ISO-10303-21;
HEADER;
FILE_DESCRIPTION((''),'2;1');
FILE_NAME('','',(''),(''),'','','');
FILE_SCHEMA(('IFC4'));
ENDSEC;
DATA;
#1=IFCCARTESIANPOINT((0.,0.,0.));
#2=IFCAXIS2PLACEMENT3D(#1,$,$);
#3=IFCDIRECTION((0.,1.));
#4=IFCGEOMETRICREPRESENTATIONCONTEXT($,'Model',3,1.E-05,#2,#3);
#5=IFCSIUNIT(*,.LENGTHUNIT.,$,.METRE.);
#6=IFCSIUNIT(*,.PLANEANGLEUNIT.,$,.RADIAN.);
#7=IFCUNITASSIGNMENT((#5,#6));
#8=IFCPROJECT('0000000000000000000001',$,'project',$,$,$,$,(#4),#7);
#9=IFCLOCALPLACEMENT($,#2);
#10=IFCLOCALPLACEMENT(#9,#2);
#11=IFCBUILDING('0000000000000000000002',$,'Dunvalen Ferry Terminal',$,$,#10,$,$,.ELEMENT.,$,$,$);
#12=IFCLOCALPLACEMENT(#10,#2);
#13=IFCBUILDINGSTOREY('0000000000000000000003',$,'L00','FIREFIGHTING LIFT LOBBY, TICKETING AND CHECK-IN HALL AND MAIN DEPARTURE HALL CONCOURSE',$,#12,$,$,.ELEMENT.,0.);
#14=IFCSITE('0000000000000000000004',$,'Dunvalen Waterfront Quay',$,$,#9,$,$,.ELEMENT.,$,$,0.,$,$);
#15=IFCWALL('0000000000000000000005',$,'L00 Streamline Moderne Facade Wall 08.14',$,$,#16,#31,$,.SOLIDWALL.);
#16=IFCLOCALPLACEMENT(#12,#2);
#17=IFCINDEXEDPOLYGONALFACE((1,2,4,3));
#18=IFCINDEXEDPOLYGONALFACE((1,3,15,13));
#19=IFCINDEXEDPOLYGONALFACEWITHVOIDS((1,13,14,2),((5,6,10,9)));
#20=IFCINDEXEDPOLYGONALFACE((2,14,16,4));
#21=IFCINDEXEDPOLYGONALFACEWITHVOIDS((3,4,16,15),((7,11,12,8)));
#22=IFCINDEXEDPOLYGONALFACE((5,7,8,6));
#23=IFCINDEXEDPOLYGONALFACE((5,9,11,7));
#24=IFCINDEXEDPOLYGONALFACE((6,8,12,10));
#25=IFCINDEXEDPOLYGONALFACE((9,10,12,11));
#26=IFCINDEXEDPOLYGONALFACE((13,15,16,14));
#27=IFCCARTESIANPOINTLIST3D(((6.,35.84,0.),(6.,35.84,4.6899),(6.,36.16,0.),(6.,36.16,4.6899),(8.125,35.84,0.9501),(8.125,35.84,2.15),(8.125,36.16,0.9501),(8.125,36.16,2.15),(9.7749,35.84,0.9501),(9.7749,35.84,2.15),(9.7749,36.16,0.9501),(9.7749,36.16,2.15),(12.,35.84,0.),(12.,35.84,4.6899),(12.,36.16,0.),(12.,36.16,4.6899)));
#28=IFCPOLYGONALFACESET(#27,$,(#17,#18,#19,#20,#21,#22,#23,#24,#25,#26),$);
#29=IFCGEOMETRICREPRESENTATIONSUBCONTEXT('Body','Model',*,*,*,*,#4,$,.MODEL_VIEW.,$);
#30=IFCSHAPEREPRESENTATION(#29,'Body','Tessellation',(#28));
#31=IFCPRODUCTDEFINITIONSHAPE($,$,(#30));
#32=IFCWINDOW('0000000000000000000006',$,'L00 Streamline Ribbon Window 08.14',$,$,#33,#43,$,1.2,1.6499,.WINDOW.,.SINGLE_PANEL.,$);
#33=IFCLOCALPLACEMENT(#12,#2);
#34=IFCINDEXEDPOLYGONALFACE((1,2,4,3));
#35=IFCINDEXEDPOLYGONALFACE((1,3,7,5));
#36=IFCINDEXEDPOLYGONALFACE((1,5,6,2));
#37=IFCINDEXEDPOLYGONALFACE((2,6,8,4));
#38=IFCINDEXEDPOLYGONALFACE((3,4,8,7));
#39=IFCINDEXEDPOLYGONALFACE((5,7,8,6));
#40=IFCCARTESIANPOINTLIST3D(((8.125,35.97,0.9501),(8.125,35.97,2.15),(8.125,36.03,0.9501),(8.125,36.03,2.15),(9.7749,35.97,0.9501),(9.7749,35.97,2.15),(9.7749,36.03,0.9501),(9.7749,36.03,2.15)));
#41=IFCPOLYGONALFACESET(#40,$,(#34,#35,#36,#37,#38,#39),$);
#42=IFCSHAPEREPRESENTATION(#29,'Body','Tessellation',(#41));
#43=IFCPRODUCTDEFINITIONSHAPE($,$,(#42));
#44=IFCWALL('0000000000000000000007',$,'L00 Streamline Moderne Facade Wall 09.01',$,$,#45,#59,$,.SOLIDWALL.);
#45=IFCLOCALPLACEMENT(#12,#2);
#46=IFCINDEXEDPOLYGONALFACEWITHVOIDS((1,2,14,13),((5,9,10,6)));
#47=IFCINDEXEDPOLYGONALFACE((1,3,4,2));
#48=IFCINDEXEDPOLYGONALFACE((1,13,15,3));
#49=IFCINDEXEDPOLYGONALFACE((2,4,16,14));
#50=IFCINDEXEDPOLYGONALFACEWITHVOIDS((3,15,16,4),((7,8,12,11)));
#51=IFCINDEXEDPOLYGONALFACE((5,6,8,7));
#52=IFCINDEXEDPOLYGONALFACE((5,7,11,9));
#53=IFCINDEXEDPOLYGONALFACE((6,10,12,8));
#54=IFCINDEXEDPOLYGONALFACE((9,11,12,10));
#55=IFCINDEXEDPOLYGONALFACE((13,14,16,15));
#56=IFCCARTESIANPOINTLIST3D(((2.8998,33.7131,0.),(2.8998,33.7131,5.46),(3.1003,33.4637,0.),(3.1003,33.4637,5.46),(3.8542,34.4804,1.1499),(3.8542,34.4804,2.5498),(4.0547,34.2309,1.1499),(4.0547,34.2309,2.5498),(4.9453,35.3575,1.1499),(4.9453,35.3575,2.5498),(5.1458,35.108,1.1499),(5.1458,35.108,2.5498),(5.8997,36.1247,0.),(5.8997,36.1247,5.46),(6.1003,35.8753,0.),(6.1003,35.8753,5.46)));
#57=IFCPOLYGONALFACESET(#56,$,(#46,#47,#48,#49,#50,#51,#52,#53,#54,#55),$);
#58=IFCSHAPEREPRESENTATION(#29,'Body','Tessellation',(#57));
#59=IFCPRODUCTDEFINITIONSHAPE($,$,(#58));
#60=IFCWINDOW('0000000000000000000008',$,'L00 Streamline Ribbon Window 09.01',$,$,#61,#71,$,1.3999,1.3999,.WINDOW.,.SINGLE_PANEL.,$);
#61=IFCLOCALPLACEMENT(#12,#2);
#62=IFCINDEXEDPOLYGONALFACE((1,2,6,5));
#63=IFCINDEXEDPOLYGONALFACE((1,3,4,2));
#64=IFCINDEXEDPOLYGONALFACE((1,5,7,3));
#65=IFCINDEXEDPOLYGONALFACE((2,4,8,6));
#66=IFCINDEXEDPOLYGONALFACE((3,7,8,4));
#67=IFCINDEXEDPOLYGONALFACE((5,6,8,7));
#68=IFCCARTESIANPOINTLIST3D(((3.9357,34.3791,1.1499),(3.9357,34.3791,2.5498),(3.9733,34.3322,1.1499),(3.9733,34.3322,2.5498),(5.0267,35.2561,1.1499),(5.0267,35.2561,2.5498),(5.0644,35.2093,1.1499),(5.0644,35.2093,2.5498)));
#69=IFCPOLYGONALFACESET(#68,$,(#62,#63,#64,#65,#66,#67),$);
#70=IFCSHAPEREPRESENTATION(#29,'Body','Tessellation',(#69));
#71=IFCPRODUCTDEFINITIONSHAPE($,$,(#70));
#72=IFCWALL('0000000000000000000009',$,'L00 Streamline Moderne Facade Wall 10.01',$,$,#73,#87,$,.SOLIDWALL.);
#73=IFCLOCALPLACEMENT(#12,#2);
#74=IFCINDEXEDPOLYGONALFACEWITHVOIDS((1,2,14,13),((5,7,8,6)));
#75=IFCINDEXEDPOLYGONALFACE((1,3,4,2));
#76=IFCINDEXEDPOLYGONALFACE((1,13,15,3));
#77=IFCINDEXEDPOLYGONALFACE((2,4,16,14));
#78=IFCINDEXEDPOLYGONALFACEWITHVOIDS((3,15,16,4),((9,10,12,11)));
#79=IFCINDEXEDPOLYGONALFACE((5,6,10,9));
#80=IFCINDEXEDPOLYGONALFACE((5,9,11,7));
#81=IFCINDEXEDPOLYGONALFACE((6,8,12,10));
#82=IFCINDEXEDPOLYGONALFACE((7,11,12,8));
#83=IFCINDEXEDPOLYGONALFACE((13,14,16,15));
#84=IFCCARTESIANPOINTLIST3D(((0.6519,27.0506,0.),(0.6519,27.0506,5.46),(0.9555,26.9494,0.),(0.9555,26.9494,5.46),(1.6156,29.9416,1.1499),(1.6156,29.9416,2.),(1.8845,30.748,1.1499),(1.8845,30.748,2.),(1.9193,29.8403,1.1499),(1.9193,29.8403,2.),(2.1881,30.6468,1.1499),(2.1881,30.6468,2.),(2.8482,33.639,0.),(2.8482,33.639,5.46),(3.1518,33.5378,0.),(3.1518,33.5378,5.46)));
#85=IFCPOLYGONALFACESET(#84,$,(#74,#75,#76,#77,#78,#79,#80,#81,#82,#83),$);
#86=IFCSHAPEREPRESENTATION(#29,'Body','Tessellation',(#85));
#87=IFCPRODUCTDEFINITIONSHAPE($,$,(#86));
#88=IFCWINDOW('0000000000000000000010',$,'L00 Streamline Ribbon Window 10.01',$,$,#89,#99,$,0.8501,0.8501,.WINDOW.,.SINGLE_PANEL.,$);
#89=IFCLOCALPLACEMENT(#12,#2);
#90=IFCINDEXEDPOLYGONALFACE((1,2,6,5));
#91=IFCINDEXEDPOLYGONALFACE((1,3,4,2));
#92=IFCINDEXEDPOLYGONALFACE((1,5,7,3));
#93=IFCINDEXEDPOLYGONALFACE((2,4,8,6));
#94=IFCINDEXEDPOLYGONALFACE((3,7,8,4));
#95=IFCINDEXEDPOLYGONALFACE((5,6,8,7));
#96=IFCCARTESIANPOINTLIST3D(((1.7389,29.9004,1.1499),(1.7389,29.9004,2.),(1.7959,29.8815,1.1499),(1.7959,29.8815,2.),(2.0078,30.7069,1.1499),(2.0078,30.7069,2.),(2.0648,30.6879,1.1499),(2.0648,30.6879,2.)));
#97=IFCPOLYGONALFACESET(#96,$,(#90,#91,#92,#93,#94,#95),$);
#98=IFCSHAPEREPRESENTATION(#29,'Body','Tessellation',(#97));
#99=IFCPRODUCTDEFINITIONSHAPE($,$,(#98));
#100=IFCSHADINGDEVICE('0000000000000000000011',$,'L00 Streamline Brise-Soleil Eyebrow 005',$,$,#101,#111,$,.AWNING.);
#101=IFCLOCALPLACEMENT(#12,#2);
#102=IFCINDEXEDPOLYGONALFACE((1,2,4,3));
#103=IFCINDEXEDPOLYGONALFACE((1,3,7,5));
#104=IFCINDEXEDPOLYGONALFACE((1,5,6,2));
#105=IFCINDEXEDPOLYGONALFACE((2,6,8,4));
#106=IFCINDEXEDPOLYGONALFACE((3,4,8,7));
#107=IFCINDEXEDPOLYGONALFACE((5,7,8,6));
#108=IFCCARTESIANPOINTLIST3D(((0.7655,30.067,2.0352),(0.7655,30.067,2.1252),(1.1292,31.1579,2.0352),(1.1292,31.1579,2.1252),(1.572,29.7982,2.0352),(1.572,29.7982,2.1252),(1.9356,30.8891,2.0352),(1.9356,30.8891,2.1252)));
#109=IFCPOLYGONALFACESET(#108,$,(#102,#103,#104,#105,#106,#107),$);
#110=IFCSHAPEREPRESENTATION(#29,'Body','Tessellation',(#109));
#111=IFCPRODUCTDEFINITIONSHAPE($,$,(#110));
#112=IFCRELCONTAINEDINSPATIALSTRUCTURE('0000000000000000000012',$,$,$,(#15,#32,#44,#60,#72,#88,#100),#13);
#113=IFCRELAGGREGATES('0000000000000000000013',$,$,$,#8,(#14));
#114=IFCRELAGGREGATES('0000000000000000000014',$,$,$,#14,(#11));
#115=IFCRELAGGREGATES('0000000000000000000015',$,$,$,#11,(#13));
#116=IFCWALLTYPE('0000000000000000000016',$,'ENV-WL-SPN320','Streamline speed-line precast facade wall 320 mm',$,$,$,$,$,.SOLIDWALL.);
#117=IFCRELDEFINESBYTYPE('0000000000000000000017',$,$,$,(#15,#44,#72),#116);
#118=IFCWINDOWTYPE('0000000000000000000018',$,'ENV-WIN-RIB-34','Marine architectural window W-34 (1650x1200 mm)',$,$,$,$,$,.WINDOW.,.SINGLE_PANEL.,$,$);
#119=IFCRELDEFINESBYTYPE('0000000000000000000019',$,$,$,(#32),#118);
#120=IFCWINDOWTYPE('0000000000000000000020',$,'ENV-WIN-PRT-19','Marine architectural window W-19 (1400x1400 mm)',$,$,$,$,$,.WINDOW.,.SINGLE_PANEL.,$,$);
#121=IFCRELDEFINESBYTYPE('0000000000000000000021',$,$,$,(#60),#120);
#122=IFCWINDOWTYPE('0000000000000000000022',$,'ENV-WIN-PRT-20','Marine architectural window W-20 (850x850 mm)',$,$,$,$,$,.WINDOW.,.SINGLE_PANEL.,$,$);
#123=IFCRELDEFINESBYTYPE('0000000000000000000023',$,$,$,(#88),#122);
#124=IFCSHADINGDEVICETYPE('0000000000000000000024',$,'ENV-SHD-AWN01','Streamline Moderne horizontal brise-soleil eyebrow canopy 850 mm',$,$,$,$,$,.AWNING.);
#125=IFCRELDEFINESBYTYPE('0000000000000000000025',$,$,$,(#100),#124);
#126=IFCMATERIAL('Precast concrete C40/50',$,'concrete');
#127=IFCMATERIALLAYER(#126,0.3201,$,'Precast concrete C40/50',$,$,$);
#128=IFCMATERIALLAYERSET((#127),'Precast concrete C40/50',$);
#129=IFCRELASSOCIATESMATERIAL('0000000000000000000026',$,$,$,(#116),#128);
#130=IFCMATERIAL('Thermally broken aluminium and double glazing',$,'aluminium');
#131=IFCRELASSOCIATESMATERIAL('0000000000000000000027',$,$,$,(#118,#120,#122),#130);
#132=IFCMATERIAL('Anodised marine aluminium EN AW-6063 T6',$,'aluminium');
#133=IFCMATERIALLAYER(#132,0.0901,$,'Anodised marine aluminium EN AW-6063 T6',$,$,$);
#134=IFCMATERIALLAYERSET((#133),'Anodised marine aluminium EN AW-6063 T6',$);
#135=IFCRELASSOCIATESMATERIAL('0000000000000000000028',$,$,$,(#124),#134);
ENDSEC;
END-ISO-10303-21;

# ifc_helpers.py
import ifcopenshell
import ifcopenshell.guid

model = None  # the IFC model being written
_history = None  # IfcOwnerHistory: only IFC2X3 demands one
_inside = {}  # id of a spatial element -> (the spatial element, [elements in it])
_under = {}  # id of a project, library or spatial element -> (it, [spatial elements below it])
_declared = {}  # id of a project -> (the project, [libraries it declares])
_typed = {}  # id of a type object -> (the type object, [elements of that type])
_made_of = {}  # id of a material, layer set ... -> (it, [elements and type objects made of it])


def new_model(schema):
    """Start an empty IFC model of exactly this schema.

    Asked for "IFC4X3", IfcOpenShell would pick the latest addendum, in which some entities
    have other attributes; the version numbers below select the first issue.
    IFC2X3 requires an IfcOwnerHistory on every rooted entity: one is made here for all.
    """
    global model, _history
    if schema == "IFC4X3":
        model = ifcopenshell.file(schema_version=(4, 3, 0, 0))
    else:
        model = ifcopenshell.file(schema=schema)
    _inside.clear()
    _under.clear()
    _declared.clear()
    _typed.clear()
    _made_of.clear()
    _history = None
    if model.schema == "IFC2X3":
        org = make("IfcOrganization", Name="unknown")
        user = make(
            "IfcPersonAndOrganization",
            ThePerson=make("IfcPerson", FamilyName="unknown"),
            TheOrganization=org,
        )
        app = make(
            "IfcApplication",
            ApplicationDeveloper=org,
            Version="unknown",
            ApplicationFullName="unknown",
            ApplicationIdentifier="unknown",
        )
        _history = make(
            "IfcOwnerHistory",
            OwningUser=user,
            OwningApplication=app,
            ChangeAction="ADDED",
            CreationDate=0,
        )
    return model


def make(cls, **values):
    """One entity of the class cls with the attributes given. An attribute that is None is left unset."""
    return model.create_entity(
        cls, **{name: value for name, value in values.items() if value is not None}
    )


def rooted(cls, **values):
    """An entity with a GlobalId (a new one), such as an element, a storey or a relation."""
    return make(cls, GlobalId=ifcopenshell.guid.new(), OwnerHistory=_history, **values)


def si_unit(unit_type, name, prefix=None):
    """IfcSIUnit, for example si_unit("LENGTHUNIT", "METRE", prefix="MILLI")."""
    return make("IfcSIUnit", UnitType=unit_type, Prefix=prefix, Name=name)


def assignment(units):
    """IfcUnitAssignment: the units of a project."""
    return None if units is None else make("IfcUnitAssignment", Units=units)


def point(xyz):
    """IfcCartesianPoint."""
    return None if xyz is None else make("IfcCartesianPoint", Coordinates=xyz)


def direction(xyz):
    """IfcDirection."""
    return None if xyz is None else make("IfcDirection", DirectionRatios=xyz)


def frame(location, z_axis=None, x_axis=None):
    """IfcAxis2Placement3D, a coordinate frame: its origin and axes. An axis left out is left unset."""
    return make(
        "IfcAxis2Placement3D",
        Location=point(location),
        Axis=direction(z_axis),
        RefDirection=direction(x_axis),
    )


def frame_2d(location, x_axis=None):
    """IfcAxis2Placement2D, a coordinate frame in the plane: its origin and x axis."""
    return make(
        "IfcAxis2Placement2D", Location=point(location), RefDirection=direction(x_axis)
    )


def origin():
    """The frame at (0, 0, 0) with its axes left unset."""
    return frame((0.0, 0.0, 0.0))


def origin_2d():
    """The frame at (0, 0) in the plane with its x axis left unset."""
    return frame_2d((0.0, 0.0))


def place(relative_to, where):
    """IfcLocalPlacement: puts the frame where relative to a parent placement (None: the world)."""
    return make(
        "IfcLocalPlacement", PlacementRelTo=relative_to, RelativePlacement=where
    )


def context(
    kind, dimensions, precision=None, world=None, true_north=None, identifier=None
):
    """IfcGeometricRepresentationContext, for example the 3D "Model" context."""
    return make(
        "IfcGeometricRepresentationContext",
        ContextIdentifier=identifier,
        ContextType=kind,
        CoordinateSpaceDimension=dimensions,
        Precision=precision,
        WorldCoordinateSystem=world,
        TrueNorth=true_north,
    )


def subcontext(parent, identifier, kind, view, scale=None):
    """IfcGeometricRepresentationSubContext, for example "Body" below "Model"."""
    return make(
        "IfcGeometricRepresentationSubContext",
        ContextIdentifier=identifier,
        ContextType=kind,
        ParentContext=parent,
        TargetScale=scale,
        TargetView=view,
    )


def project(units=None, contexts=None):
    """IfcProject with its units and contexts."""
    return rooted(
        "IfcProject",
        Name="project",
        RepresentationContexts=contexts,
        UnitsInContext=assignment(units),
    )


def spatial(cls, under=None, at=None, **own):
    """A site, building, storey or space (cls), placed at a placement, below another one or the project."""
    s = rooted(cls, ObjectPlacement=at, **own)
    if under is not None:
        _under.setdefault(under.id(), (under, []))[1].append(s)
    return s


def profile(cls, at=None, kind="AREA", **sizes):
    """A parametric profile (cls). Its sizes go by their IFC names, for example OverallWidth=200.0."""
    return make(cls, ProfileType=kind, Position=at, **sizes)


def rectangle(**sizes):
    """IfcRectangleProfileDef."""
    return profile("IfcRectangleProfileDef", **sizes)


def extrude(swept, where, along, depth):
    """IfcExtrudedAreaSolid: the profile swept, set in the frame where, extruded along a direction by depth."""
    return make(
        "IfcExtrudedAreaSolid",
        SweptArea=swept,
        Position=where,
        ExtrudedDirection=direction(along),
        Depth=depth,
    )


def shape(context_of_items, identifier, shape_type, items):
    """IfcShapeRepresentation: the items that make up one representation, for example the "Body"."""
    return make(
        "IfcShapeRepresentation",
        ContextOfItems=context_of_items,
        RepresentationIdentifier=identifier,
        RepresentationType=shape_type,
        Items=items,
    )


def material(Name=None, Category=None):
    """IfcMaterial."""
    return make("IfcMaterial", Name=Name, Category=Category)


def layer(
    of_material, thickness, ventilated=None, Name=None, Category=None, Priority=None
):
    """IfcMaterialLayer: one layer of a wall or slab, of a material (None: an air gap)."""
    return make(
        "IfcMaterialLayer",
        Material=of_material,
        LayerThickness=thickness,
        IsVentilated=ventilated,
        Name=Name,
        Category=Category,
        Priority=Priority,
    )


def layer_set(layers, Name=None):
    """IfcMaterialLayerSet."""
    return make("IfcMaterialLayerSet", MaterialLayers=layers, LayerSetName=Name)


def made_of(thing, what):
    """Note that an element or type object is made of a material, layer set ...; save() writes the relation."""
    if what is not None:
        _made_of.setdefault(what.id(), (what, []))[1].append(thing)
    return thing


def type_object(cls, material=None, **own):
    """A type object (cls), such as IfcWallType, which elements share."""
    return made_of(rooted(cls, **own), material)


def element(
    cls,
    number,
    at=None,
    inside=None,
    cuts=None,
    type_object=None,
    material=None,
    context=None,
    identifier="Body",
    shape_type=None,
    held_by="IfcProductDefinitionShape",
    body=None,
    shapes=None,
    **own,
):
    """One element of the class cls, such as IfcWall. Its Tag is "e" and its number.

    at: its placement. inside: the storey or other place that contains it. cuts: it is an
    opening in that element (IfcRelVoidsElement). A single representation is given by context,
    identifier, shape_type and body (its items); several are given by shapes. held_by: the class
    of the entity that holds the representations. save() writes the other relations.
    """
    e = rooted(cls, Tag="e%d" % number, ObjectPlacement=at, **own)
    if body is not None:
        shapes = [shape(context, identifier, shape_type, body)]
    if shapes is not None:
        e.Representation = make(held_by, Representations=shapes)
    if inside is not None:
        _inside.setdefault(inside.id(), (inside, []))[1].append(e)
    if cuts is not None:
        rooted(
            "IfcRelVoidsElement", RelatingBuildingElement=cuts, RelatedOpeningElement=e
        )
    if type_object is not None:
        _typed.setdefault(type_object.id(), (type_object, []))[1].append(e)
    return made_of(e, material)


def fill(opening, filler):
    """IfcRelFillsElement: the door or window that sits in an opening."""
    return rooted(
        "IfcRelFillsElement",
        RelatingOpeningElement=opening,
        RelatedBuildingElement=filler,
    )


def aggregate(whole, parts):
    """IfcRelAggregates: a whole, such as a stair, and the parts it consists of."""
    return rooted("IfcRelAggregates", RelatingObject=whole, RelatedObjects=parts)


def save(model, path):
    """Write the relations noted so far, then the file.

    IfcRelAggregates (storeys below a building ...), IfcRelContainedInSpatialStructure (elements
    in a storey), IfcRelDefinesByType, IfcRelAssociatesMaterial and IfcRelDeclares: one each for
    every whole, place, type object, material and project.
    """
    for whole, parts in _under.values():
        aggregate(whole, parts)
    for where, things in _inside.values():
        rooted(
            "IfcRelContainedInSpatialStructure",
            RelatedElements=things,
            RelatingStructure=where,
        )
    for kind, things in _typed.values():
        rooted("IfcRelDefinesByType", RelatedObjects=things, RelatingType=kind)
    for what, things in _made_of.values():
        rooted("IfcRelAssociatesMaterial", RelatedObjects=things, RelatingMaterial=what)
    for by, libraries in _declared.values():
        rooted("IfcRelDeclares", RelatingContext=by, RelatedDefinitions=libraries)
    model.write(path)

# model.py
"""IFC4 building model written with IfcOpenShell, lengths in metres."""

from ifc_helpers import new_model, si_unit, direction, frame, frame_2d, origin, origin_2d, place, context, subcontext, project, spatial, rectangle, extrude, material, layer, layer_set, type_object, element, fill, save


model = new_model("IFC4")

# Units and contexts
model_context = context("Model", 3, precision=1e-05, world=origin(), true_north=direction((0.0, 1.0)))
body_context = subcontext(model_context, "Body", "Model", "MODEL_VIEW")
ifc_project = project(units=[si_unit("LENGTHUNIT", "METRE"), si_unit("PLANEANGLEUNIT", "RADIAN")], contexts=[model_context])

# Site, building, storey
site_placement = place(None, origin())
site = spatial("IfcSite", under=ifc_project, at=site_placement, Name="Dunvalen Waterfront Quay", CompositionType="ELEMENT", RefElevation=0.0)
building_placement = place(site_placement, origin())
building = spatial("IfcBuilding", under=site, at=building_placement, Name="Dunvalen Ferry Terminal", CompositionType="ELEMENT")
storey_placement = place(building_placement, origin())
storey = spatial("IfcBuildingStorey", under=building, at=storey_placement, Name="L00", Description="FIREFIGHTING LIFT LOBBY, TICKETING AND CHECK-IN HALL AND MAIN DEPARTURE HALL CONCOURSE", CompositionType="ELEMENT", Elevation=0.0)

# Shared definitions
ifc_material_1 = material(Name="Precast concrete C40/50", Category="concrete")
ifc_material_2 = material(Name="Thermally broken aluminium and double glazing", Category="aluminium")

# Walls, openings, windows
ifc_layer_1 = layer(ifc_material_1, 0.3201, Name="Precast concrete C40/50")
ifc_layer_set_1 = layer_set([ifc_layer_1], Name="Precast concrete C40/50")
wall_type_1 = type_object("IfcWallType", Name="ENV-WL-SPN320", Description="Streamline speed-line precast facade wall 320 mm", PredefinedType="SOLIDWALL", material=ifc_layer_set_1)
wall_1_placement = place(storey_placement, frame((12.0, 36.0, 0.0), z_axis=(0.0, 0.0, 1.0), x_axis=(-1.0, 0.0, 0.0)))
wall_1 = element("IfcWall", 1, at=wall_1_placement, inside=storey, type_object=wall_type_1, Name="L00 Streamline Moderne Facade Wall 08.14", PredefinedType="SOLIDWALL", context=body_context, shape_type="SweptSolid", body=[
    extrude(rectangle(XDim=6.0, YDim=0.3201, at=frame_2d((3.0, 0.0))), origin(), (0.0, 0.0, 1.0), 4.6899),
])
opening_1_placement = place(wall_1_placement, frame((2.2251, 0.0, 0.95)))
opening_1 = element("IfcOpeningElement", 2, at=opening_1_placement, cuts=wall_1, PredefinedType="OPENING", context=body_context, shape_type="SweptSolid", body=[
    extrude(rectangle(XDim=1.6499, YDim=1.2, at=frame_2d((0.825, 0.6001))), frame((0.0, 0.1699, 0.0), z_axis=(0.0, -1.0, 0.0), x_axis=(1.0, 0.0, 0.0)), (0.0, 0.0, 1.0), 0.3401),
])
window_type_1 = type_object("IfcWindowType", Name="ENV-WIN-RIB-34", Description="Marine architectural window W-34 (1650x1200 mm)", PartitioningType="SINGLE_PANEL", PredefinedType="WINDOW", material=ifc_material_2)
window_1_placement = place(opening_1_placement, origin())
window_1 = element("IfcWindow", 3, at=window_1_placement, inside=storey, type_object=window_type_1, Name="L00 Streamline Ribbon Window 08.14", OverallHeight=1.2, OverallWidth=1.6499, PartitioningType="SINGLE_PANEL", PredefinedType="WINDOW", context=body_context, shape_type="SweptSolid", body=[
    extrude(rectangle(XDim=1.6499, YDim=1.2, at=frame_2d((0.825, 0.6001))), frame((0.0, 0.03, 0.0), z_axis=(0.0, -1.0, 0.0), x_axis=(1.0, 0.0, 0.0)), (0.0, 0.0, 1.0), 0.0601),
])
fill(opening_1, window_1)
wall_2_placement = place(storey_placement, frame((6.0, 36.0, 0.0), z_axis=(0.0, 0.0, 1.0), x_axis=(-0.779394, -0.626534, 0.0)))
wall_2 = element("IfcWall", 4, at=wall_2_placement, inside=storey, type_object=wall_type_1, Name="L00 Streamline Moderne Facade Wall 09.01", PredefinedType="SOLIDWALL", context=body_context, shape_type="SweptSolid", body=[
    extrude(rectangle(XDim=3.8491, YDim=0.3201, at=frame_2d((1.9246, 0.0))), origin(), (0.0, 0.0, 1.0), 5.46),
])
opening_2_placement = place(wall_2_placement, frame((1.2246, 0.0, 1.1499)))
opening_2 = element("IfcOpeningElement", 5, at=opening_2_placement, cuts=wall_2, PredefinedType="OPENING", context=body_context, shape_type="SweptSolid", body=[
    extrude(rectangle(XDim=1.3999, YDim=1.3999, at=frame_2d((0.7, 0.7))), frame((0.0, 0.1699, 0.0), z_axis=(0.0, -1.0, 0.0), x_axis=(1.0, 0.0, 0.0)), (0.0, 0.0, 1.0), 0.3401),
])
window_type_2 = type_object("IfcWindowType", Name="ENV-WIN-PRT-19", Description="Marine architectural window W-19 (1400x1400 mm)", PartitioningType="SINGLE_PANEL", PredefinedType="WINDOW", material=ifc_material_2)
window_2_placement = place(opening_2_placement, origin())
window_2 = element("IfcWindow", 6, at=window_2_placement, inside=storey, type_object=window_type_2, Name="L00 Streamline Ribbon Window 09.01", OverallHeight=1.3999, OverallWidth=1.3999, PartitioningType="SINGLE_PANEL", PredefinedType="WINDOW", context=body_context, shape_type="SweptSolid", body=[
    extrude(rectangle(XDim=1.3999, YDim=1.3999, at=frame_2d((0.7, 0.7))), frame((0.0, 0.03, 0.0), z_axis=(0.0, -1.0, 0.0), x_axis=(1.0, 0.0, 0.0)), (0.0, 0.0, 1.0), 0.0601),
])
fill(opening_2, window_2)
wall_3_placement = place(storey_placement, frame((3.0, 33.5884, 0.0), z_axis=(0.0, 0.0, 1.0), x_axis=(-0.316249, -0.948676, 0.0)))
wall_3 = element("IfcWall", 7, at=wall_3_placement, inside=storey, type_object=wall_type_1, Name="L00 Streamline Moderne Facade Wall 10.01", PredefinedType="SOLIDWALL", context=body_context, shape_type="SweptSolid", body=[
    extrude(rectangle(XDim=6.9448, YDim=0.3201, at=frame_2d((3.4724, 0.0))), origin(), (0.0, 0.0, 1.0), 5.46),
])
opening_3_placement = place(wall_3_placement, frame((3.0474, 0.0, 1.1499)))
opening_3 = element("IfcOpeningElement", 8, at=opening_3_placement, cuts=wall_3, PredefinedType="OPENING", context=body_context, shape_type="SweptSolid", body=[
    extrude(rectangle(XDim=0.8501, YDim=0.8501, at=frame_2d((0.425, 0.425))), frame((0.0, 0.1699, 0.0), z_axis=(0.0, -1.0, 0.0), x_axis=(1.0, 0.0, 0.0)), (0.0, 0.0, 1.0), 0.3401),
])
window_type_3 = type_object("IfcWindowType", Name="ENV-WIN-PRT-20", Description="Marine architectural window W-20 (850x850 mm)", PartitioningType="SINGLE_PANEL", PredefinedType="WINDOW", material=ifc_material_2)
window_3_placement = place(opening_3_placement, origin())
window_3 = element("IfcWindow", 9, at=window_3_placement, inside=storey, type_object=window_type_3, Name="L00 Streamline Ribbon Window 10.01", OverallHeight=0.8501, OverallWidth=0.8501, PartitioningType="SINGLE_PANEL", PredefinedType="WINDOW", context=body_context, shape_type="SweptSolid", body=[
    extrude(rectangle(XDim=0.8501, YDim=0.8501, at=frame_2d((0.425, 0.425))), frame((0.0, 0.03, 0.0), z_axis=(0.0, -1.0, 0.0), x_axis=(1.0, 0.0, 0.0)), (0.0, 0.0, 1.0), 0.0601),
])
fill(opening_3, window_3)

# Shading device
ifc_material_3 = material(Name="Anodised marine aluminium EN AW-6063 T6", Category="aluminium")
ifc_layer_2 = layer(ifc_material_3, 0.0901, Name="Anodised marine aluminium EN AW-6063 T6")
ifc_layer_set_2 = layer_set([ifc_layer_2], Name="Anodised marine aluminium EN AW-6063 T6")
shading_device_type = type_object("IfcShadingDeviceType", Name="ENV-SHD-AWN01", Description="Streamline Moderne horizontal brise-soleil eyebrow canopy 850 mm", PredefinedType="AWNING", material=ifc_layer_set_2)
shading_device_placement = place(storey_placement, frame((1.3506, 30.478, 2.0352), z_axis=(0.0, 0.0, 1.0), x_axis=(-0.316232, -0.948682, 0.0)))
element("IfcShadingDevice", 10, at=shading_device_placement, inside=storey, type_object=shading_device_type, Name="L00 Streamline Brise-Soleil Eyebrow 005", PredefinedType="AWNING", context=body_context, shape_type="SweptSolid", body=[
    extrude(rectangle(XDim=1.1499, YDim=0.8501, at=origin_2d()), origin(), (0.0, 0.0, 1.0), 0.0901),
])

save(model, "model.ifc")
